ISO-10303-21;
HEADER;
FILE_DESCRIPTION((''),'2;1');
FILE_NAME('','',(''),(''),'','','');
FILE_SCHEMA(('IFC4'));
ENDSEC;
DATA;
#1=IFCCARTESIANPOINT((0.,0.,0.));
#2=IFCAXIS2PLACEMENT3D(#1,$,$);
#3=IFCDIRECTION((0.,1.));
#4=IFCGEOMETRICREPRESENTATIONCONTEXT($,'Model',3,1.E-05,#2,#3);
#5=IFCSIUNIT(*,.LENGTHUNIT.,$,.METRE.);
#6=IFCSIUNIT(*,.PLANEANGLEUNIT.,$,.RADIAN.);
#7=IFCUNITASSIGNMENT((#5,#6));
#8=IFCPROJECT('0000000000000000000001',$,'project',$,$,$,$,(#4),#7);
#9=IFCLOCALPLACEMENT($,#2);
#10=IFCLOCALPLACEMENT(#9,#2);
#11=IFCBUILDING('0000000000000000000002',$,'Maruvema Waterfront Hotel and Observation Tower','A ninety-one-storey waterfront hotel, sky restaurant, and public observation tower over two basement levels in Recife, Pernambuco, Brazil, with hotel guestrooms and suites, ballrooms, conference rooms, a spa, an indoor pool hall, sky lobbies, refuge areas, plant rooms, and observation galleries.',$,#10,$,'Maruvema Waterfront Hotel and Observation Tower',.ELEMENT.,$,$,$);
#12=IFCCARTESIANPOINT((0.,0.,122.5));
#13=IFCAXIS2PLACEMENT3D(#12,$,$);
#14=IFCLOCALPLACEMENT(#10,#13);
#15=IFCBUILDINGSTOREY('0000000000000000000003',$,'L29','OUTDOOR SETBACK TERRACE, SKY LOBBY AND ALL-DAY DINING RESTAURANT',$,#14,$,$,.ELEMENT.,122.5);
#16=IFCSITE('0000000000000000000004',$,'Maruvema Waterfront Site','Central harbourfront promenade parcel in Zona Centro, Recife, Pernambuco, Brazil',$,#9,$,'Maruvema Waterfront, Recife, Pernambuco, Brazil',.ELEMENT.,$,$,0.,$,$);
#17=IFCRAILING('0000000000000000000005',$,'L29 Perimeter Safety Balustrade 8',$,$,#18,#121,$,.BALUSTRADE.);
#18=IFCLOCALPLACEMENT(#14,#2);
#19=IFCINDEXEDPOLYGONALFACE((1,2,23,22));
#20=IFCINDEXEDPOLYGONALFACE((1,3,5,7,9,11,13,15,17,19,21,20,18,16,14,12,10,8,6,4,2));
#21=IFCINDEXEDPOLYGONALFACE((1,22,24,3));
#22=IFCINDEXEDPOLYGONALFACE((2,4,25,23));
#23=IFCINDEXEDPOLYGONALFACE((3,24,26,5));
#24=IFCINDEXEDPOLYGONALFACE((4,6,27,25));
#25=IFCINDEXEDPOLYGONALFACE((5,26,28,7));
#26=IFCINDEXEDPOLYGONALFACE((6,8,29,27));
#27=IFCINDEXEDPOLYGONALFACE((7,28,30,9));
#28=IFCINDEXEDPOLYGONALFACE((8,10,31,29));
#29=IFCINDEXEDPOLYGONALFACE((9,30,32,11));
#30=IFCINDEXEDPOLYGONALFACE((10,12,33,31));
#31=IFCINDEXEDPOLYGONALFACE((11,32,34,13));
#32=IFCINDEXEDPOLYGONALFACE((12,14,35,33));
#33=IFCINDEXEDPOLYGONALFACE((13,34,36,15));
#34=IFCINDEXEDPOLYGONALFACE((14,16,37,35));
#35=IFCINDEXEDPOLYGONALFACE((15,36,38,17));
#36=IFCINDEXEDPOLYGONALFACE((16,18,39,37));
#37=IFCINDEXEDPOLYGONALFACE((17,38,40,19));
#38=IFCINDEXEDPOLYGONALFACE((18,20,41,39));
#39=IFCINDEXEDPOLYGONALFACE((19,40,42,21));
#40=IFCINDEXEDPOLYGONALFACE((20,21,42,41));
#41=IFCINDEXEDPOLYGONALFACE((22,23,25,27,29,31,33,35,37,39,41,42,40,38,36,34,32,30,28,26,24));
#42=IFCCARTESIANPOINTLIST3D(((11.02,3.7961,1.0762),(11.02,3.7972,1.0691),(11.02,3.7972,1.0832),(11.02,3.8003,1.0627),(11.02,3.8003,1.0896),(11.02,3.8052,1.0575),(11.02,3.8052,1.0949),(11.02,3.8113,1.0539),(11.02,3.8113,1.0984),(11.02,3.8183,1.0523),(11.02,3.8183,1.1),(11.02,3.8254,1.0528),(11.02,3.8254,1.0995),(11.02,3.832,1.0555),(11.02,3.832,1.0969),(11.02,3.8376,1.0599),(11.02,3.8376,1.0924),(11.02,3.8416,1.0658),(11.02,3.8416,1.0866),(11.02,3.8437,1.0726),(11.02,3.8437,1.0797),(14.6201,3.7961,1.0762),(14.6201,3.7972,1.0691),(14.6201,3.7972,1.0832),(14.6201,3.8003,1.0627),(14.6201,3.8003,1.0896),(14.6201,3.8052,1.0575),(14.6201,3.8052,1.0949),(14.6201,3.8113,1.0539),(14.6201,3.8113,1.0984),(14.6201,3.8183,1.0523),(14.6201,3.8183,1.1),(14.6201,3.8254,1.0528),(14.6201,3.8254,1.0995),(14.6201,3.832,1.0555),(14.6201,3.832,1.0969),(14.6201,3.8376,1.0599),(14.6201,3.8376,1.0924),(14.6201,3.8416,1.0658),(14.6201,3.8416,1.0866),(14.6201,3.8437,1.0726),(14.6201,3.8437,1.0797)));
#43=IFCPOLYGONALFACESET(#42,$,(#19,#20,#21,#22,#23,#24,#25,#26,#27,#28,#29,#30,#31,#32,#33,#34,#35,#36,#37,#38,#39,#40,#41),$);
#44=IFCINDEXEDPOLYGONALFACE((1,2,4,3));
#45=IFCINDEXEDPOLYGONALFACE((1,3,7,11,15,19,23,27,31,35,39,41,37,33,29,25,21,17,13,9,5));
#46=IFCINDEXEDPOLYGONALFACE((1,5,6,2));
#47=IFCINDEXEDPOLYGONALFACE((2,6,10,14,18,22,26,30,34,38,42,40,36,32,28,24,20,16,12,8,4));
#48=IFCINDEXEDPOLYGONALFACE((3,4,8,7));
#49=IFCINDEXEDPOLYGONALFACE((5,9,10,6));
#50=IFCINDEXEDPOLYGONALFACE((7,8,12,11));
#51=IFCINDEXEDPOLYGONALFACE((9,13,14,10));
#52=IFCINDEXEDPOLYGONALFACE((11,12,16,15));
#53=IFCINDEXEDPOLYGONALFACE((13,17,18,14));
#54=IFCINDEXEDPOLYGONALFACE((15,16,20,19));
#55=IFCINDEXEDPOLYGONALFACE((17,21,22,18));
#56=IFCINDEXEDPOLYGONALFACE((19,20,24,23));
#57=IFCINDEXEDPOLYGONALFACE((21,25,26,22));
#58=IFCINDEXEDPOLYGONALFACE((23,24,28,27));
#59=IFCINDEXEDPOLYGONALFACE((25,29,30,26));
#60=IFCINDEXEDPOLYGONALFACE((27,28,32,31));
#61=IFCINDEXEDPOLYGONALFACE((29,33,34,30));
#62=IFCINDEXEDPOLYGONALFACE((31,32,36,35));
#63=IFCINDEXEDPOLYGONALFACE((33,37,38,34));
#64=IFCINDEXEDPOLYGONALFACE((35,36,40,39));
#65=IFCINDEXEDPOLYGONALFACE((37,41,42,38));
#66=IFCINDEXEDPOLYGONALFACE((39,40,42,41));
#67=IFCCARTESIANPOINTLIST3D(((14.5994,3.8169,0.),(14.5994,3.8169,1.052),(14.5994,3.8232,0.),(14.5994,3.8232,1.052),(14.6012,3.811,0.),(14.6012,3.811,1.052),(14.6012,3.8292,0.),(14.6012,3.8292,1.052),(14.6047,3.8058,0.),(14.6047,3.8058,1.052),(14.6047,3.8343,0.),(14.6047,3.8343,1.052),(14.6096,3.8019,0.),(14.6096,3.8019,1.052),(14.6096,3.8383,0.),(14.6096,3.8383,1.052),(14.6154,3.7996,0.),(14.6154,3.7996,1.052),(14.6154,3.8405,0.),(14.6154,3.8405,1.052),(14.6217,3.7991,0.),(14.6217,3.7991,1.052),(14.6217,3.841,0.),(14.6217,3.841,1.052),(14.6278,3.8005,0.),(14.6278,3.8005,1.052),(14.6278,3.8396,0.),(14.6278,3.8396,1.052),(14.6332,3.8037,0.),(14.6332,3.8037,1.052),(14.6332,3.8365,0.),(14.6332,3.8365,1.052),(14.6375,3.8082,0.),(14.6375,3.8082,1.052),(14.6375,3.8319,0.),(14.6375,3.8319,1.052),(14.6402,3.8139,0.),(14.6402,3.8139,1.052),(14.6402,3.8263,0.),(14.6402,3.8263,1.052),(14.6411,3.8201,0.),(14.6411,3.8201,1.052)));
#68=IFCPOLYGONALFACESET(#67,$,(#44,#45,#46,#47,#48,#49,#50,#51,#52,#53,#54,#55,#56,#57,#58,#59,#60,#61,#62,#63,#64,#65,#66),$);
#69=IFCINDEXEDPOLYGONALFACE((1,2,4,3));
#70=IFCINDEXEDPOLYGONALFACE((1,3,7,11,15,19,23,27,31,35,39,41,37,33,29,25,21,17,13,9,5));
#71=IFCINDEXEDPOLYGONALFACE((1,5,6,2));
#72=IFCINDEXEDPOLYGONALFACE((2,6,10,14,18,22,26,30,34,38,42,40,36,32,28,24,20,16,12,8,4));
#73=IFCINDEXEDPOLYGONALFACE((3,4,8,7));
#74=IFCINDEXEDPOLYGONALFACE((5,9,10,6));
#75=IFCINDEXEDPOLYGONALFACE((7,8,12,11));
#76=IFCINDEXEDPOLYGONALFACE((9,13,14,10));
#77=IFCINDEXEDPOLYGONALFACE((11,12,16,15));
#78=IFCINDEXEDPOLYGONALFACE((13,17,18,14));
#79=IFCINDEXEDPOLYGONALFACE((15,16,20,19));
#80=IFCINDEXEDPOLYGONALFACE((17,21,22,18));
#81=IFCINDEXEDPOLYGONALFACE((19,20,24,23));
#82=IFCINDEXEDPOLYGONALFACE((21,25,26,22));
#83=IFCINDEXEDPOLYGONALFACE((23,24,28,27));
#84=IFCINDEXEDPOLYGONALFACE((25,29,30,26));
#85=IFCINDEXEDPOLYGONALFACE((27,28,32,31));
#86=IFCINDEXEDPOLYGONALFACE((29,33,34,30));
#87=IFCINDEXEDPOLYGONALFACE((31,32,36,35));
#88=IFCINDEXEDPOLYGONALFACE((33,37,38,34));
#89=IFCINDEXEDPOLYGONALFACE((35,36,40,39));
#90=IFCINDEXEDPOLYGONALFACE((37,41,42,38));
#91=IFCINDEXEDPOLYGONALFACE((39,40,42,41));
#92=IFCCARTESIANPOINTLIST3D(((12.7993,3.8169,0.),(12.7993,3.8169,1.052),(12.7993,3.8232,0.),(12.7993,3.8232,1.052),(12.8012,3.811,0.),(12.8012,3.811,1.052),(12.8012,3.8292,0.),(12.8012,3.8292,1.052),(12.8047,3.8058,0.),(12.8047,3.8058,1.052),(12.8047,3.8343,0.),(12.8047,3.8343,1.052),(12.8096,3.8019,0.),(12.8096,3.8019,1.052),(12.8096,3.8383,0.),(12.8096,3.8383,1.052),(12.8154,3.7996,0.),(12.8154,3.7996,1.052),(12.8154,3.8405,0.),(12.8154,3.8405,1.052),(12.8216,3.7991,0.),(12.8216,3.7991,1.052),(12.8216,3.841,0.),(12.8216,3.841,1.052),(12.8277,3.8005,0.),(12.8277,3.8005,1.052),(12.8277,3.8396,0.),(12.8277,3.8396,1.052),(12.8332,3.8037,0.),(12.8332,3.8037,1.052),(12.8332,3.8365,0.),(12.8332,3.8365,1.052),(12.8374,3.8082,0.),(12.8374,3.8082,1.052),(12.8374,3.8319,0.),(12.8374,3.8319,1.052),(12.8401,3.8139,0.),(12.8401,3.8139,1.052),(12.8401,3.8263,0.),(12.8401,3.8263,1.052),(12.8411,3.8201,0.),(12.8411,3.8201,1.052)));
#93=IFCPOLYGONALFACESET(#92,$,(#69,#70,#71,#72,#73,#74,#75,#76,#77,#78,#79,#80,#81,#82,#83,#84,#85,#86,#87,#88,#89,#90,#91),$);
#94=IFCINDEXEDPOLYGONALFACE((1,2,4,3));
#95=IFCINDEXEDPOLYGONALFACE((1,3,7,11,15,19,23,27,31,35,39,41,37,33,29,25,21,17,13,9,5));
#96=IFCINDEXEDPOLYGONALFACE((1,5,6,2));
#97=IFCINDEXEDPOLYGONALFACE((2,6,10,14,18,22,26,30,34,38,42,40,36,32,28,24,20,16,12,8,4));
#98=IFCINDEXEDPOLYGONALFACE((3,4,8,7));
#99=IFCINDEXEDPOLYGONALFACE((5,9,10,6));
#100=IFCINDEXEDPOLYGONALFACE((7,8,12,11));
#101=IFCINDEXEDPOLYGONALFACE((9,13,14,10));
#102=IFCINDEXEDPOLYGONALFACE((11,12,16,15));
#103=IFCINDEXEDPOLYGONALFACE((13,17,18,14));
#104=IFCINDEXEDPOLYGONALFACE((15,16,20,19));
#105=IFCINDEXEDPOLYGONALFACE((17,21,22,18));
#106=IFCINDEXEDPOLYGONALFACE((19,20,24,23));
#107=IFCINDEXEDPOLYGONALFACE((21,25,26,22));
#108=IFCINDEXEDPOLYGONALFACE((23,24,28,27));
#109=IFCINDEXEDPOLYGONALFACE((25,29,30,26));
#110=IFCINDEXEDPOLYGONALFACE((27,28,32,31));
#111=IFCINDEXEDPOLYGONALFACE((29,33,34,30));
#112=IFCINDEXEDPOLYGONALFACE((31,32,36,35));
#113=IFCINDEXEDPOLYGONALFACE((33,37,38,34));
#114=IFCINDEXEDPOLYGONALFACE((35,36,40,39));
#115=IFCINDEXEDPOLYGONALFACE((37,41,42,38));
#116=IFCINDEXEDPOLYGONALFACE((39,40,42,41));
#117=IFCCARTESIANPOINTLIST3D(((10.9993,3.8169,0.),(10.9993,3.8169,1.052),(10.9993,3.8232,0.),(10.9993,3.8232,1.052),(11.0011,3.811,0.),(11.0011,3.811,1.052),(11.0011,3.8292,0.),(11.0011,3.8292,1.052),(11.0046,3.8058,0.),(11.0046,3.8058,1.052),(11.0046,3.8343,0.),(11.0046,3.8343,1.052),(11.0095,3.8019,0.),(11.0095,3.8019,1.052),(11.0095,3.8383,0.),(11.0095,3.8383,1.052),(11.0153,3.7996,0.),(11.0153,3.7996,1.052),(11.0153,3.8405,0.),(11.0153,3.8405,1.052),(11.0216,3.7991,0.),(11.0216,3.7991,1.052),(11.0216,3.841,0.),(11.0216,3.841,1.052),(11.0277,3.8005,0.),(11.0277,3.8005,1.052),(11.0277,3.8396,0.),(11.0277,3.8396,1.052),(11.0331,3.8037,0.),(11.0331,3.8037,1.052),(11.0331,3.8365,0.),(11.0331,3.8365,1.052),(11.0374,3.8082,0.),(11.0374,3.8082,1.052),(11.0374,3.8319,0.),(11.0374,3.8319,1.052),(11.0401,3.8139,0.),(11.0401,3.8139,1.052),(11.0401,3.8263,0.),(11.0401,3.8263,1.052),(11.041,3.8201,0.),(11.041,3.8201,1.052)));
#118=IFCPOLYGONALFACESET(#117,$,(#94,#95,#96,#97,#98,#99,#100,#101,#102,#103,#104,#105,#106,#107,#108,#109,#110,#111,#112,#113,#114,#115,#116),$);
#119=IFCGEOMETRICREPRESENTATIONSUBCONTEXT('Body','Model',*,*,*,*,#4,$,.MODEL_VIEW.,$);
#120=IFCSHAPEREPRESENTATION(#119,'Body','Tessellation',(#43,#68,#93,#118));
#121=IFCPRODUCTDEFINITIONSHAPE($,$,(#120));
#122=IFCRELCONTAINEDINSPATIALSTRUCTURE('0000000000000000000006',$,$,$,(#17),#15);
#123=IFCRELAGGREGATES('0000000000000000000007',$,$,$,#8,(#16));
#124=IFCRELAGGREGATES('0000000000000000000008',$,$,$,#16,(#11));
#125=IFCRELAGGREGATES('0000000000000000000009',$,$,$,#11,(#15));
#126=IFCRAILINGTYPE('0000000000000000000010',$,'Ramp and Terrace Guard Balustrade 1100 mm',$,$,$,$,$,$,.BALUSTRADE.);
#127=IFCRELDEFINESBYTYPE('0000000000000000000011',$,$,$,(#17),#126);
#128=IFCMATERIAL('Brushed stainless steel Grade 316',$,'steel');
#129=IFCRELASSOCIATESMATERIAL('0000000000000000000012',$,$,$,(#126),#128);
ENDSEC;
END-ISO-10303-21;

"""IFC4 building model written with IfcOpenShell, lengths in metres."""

from ifc_helpers import new_model, si_unit, direction, frame, origin, origin_2d, place, context, subcontext, project, spatial, circle, extrude, material, type_object, element, save


model = new_model("IFC4")

# Units and contexts
model_context = context("Model", 3, precision=1e-05, world=origin(), true_north=direction((0.0, 1.0)))
body_context = subcontext(model_context, "Body", "Model", "MODEL_VIEW")
ifc_project = project(units=[si_unit("LENGTHUNIT", "METRE"), si_unit("PLANEANGLEUNIT", "RADIAN")], contexts=[model_context])

# Site, building, storey
site_placement = place(None, origin())
site = spatial("IfcSite", under=ifc_project, at=site_placement, Name="Maruvema Waterfront Site", Description="Central harbourfront promenade parcel in Zona Centro, Recife, Pernambuco, Brazil", LongName="Maruvema Waterfront, Recife, Pernambuco, Brazil", CompositionType="ELEMENT", RefElevation=0.0)
building_placement = place(site_placement, origin())
building = spatial("IfcBuilding", under=site, at=building_placement, Name="Maruvema Waterfront Hotel and Observation Tower", Description="A ninety-one-storey waterfront hotel, sky restaurant, and public observation tower over two basement levels in Recife, Pernambuco, Brazil, with hotel guestrooms and suites, ballrooms, conference rooms, a spa, an indoor pool hall, sky lobbies, refuge areas, plant rooms, and observation galleries.", LongName="Maruvema Waterfront Hotel and Observation Tower", CompositionType="ELEMENT")
storey_placement = place(building_placement, frame((0.0, 0.0, 122.5)))
storey = spatial("IfcBuildingStorey", under=building, at=storey_placement, Name="L29", Description="OUTDOOR SETBACK TERRACE, SKY LOBBY AND ALL-DAY DINING RESTAURANT", CompositionType="ELEMENT", Elevation=122.5)

# Railing
ifc_material_1 = material(Name="Brushed stainless steel Grade 316", Category="steel")
railing_type = type_object("IfcRailingType", Name="Ramp and Terrace Guard Balustrade 1100 mm", PredefinedType="BALUSTRADE", material=ifc_material_1)
railing_1_placement = place(storey_placement, frame((14.6201, 3.8201, 0.0)))
element("IfcRailing", 1, at=railing_1_placement, inside=storey, type_object=railing_type, Name="L29 Perimeter Safety Balustrade 8", PredefinedType="BALUSTRADE", context=body_context, shape_type="SweptSolid", body=[
    extrude(circle(Radius=0.0239, at=origin_2d()), frame((0.0, 0.0, 1.0762), z_axis=(-1.0, 0.0, 0.0), x_axis=(0.0, -1.0, 0.0)), (0.0, 0.0, 1.0), 3.6001),
    extrude(circle(Radius=0.021, at=origin_2d()), origin(), (0.0, 0.0, 1.0), 1.052),
    extrude(circle(Radius=0.021, at=origin_2d()), frame((-1.8, 0.0, 0.0)), (0.0, 0.0, 1.0), 1.052),
    extrude(circle(Radius=0.021, at=origin_2d()), frame((-3.6001, 0.0, 0.0)), (0.0, 0.0, 1.0), 1.052),
])

save(model, "model.ifc")
